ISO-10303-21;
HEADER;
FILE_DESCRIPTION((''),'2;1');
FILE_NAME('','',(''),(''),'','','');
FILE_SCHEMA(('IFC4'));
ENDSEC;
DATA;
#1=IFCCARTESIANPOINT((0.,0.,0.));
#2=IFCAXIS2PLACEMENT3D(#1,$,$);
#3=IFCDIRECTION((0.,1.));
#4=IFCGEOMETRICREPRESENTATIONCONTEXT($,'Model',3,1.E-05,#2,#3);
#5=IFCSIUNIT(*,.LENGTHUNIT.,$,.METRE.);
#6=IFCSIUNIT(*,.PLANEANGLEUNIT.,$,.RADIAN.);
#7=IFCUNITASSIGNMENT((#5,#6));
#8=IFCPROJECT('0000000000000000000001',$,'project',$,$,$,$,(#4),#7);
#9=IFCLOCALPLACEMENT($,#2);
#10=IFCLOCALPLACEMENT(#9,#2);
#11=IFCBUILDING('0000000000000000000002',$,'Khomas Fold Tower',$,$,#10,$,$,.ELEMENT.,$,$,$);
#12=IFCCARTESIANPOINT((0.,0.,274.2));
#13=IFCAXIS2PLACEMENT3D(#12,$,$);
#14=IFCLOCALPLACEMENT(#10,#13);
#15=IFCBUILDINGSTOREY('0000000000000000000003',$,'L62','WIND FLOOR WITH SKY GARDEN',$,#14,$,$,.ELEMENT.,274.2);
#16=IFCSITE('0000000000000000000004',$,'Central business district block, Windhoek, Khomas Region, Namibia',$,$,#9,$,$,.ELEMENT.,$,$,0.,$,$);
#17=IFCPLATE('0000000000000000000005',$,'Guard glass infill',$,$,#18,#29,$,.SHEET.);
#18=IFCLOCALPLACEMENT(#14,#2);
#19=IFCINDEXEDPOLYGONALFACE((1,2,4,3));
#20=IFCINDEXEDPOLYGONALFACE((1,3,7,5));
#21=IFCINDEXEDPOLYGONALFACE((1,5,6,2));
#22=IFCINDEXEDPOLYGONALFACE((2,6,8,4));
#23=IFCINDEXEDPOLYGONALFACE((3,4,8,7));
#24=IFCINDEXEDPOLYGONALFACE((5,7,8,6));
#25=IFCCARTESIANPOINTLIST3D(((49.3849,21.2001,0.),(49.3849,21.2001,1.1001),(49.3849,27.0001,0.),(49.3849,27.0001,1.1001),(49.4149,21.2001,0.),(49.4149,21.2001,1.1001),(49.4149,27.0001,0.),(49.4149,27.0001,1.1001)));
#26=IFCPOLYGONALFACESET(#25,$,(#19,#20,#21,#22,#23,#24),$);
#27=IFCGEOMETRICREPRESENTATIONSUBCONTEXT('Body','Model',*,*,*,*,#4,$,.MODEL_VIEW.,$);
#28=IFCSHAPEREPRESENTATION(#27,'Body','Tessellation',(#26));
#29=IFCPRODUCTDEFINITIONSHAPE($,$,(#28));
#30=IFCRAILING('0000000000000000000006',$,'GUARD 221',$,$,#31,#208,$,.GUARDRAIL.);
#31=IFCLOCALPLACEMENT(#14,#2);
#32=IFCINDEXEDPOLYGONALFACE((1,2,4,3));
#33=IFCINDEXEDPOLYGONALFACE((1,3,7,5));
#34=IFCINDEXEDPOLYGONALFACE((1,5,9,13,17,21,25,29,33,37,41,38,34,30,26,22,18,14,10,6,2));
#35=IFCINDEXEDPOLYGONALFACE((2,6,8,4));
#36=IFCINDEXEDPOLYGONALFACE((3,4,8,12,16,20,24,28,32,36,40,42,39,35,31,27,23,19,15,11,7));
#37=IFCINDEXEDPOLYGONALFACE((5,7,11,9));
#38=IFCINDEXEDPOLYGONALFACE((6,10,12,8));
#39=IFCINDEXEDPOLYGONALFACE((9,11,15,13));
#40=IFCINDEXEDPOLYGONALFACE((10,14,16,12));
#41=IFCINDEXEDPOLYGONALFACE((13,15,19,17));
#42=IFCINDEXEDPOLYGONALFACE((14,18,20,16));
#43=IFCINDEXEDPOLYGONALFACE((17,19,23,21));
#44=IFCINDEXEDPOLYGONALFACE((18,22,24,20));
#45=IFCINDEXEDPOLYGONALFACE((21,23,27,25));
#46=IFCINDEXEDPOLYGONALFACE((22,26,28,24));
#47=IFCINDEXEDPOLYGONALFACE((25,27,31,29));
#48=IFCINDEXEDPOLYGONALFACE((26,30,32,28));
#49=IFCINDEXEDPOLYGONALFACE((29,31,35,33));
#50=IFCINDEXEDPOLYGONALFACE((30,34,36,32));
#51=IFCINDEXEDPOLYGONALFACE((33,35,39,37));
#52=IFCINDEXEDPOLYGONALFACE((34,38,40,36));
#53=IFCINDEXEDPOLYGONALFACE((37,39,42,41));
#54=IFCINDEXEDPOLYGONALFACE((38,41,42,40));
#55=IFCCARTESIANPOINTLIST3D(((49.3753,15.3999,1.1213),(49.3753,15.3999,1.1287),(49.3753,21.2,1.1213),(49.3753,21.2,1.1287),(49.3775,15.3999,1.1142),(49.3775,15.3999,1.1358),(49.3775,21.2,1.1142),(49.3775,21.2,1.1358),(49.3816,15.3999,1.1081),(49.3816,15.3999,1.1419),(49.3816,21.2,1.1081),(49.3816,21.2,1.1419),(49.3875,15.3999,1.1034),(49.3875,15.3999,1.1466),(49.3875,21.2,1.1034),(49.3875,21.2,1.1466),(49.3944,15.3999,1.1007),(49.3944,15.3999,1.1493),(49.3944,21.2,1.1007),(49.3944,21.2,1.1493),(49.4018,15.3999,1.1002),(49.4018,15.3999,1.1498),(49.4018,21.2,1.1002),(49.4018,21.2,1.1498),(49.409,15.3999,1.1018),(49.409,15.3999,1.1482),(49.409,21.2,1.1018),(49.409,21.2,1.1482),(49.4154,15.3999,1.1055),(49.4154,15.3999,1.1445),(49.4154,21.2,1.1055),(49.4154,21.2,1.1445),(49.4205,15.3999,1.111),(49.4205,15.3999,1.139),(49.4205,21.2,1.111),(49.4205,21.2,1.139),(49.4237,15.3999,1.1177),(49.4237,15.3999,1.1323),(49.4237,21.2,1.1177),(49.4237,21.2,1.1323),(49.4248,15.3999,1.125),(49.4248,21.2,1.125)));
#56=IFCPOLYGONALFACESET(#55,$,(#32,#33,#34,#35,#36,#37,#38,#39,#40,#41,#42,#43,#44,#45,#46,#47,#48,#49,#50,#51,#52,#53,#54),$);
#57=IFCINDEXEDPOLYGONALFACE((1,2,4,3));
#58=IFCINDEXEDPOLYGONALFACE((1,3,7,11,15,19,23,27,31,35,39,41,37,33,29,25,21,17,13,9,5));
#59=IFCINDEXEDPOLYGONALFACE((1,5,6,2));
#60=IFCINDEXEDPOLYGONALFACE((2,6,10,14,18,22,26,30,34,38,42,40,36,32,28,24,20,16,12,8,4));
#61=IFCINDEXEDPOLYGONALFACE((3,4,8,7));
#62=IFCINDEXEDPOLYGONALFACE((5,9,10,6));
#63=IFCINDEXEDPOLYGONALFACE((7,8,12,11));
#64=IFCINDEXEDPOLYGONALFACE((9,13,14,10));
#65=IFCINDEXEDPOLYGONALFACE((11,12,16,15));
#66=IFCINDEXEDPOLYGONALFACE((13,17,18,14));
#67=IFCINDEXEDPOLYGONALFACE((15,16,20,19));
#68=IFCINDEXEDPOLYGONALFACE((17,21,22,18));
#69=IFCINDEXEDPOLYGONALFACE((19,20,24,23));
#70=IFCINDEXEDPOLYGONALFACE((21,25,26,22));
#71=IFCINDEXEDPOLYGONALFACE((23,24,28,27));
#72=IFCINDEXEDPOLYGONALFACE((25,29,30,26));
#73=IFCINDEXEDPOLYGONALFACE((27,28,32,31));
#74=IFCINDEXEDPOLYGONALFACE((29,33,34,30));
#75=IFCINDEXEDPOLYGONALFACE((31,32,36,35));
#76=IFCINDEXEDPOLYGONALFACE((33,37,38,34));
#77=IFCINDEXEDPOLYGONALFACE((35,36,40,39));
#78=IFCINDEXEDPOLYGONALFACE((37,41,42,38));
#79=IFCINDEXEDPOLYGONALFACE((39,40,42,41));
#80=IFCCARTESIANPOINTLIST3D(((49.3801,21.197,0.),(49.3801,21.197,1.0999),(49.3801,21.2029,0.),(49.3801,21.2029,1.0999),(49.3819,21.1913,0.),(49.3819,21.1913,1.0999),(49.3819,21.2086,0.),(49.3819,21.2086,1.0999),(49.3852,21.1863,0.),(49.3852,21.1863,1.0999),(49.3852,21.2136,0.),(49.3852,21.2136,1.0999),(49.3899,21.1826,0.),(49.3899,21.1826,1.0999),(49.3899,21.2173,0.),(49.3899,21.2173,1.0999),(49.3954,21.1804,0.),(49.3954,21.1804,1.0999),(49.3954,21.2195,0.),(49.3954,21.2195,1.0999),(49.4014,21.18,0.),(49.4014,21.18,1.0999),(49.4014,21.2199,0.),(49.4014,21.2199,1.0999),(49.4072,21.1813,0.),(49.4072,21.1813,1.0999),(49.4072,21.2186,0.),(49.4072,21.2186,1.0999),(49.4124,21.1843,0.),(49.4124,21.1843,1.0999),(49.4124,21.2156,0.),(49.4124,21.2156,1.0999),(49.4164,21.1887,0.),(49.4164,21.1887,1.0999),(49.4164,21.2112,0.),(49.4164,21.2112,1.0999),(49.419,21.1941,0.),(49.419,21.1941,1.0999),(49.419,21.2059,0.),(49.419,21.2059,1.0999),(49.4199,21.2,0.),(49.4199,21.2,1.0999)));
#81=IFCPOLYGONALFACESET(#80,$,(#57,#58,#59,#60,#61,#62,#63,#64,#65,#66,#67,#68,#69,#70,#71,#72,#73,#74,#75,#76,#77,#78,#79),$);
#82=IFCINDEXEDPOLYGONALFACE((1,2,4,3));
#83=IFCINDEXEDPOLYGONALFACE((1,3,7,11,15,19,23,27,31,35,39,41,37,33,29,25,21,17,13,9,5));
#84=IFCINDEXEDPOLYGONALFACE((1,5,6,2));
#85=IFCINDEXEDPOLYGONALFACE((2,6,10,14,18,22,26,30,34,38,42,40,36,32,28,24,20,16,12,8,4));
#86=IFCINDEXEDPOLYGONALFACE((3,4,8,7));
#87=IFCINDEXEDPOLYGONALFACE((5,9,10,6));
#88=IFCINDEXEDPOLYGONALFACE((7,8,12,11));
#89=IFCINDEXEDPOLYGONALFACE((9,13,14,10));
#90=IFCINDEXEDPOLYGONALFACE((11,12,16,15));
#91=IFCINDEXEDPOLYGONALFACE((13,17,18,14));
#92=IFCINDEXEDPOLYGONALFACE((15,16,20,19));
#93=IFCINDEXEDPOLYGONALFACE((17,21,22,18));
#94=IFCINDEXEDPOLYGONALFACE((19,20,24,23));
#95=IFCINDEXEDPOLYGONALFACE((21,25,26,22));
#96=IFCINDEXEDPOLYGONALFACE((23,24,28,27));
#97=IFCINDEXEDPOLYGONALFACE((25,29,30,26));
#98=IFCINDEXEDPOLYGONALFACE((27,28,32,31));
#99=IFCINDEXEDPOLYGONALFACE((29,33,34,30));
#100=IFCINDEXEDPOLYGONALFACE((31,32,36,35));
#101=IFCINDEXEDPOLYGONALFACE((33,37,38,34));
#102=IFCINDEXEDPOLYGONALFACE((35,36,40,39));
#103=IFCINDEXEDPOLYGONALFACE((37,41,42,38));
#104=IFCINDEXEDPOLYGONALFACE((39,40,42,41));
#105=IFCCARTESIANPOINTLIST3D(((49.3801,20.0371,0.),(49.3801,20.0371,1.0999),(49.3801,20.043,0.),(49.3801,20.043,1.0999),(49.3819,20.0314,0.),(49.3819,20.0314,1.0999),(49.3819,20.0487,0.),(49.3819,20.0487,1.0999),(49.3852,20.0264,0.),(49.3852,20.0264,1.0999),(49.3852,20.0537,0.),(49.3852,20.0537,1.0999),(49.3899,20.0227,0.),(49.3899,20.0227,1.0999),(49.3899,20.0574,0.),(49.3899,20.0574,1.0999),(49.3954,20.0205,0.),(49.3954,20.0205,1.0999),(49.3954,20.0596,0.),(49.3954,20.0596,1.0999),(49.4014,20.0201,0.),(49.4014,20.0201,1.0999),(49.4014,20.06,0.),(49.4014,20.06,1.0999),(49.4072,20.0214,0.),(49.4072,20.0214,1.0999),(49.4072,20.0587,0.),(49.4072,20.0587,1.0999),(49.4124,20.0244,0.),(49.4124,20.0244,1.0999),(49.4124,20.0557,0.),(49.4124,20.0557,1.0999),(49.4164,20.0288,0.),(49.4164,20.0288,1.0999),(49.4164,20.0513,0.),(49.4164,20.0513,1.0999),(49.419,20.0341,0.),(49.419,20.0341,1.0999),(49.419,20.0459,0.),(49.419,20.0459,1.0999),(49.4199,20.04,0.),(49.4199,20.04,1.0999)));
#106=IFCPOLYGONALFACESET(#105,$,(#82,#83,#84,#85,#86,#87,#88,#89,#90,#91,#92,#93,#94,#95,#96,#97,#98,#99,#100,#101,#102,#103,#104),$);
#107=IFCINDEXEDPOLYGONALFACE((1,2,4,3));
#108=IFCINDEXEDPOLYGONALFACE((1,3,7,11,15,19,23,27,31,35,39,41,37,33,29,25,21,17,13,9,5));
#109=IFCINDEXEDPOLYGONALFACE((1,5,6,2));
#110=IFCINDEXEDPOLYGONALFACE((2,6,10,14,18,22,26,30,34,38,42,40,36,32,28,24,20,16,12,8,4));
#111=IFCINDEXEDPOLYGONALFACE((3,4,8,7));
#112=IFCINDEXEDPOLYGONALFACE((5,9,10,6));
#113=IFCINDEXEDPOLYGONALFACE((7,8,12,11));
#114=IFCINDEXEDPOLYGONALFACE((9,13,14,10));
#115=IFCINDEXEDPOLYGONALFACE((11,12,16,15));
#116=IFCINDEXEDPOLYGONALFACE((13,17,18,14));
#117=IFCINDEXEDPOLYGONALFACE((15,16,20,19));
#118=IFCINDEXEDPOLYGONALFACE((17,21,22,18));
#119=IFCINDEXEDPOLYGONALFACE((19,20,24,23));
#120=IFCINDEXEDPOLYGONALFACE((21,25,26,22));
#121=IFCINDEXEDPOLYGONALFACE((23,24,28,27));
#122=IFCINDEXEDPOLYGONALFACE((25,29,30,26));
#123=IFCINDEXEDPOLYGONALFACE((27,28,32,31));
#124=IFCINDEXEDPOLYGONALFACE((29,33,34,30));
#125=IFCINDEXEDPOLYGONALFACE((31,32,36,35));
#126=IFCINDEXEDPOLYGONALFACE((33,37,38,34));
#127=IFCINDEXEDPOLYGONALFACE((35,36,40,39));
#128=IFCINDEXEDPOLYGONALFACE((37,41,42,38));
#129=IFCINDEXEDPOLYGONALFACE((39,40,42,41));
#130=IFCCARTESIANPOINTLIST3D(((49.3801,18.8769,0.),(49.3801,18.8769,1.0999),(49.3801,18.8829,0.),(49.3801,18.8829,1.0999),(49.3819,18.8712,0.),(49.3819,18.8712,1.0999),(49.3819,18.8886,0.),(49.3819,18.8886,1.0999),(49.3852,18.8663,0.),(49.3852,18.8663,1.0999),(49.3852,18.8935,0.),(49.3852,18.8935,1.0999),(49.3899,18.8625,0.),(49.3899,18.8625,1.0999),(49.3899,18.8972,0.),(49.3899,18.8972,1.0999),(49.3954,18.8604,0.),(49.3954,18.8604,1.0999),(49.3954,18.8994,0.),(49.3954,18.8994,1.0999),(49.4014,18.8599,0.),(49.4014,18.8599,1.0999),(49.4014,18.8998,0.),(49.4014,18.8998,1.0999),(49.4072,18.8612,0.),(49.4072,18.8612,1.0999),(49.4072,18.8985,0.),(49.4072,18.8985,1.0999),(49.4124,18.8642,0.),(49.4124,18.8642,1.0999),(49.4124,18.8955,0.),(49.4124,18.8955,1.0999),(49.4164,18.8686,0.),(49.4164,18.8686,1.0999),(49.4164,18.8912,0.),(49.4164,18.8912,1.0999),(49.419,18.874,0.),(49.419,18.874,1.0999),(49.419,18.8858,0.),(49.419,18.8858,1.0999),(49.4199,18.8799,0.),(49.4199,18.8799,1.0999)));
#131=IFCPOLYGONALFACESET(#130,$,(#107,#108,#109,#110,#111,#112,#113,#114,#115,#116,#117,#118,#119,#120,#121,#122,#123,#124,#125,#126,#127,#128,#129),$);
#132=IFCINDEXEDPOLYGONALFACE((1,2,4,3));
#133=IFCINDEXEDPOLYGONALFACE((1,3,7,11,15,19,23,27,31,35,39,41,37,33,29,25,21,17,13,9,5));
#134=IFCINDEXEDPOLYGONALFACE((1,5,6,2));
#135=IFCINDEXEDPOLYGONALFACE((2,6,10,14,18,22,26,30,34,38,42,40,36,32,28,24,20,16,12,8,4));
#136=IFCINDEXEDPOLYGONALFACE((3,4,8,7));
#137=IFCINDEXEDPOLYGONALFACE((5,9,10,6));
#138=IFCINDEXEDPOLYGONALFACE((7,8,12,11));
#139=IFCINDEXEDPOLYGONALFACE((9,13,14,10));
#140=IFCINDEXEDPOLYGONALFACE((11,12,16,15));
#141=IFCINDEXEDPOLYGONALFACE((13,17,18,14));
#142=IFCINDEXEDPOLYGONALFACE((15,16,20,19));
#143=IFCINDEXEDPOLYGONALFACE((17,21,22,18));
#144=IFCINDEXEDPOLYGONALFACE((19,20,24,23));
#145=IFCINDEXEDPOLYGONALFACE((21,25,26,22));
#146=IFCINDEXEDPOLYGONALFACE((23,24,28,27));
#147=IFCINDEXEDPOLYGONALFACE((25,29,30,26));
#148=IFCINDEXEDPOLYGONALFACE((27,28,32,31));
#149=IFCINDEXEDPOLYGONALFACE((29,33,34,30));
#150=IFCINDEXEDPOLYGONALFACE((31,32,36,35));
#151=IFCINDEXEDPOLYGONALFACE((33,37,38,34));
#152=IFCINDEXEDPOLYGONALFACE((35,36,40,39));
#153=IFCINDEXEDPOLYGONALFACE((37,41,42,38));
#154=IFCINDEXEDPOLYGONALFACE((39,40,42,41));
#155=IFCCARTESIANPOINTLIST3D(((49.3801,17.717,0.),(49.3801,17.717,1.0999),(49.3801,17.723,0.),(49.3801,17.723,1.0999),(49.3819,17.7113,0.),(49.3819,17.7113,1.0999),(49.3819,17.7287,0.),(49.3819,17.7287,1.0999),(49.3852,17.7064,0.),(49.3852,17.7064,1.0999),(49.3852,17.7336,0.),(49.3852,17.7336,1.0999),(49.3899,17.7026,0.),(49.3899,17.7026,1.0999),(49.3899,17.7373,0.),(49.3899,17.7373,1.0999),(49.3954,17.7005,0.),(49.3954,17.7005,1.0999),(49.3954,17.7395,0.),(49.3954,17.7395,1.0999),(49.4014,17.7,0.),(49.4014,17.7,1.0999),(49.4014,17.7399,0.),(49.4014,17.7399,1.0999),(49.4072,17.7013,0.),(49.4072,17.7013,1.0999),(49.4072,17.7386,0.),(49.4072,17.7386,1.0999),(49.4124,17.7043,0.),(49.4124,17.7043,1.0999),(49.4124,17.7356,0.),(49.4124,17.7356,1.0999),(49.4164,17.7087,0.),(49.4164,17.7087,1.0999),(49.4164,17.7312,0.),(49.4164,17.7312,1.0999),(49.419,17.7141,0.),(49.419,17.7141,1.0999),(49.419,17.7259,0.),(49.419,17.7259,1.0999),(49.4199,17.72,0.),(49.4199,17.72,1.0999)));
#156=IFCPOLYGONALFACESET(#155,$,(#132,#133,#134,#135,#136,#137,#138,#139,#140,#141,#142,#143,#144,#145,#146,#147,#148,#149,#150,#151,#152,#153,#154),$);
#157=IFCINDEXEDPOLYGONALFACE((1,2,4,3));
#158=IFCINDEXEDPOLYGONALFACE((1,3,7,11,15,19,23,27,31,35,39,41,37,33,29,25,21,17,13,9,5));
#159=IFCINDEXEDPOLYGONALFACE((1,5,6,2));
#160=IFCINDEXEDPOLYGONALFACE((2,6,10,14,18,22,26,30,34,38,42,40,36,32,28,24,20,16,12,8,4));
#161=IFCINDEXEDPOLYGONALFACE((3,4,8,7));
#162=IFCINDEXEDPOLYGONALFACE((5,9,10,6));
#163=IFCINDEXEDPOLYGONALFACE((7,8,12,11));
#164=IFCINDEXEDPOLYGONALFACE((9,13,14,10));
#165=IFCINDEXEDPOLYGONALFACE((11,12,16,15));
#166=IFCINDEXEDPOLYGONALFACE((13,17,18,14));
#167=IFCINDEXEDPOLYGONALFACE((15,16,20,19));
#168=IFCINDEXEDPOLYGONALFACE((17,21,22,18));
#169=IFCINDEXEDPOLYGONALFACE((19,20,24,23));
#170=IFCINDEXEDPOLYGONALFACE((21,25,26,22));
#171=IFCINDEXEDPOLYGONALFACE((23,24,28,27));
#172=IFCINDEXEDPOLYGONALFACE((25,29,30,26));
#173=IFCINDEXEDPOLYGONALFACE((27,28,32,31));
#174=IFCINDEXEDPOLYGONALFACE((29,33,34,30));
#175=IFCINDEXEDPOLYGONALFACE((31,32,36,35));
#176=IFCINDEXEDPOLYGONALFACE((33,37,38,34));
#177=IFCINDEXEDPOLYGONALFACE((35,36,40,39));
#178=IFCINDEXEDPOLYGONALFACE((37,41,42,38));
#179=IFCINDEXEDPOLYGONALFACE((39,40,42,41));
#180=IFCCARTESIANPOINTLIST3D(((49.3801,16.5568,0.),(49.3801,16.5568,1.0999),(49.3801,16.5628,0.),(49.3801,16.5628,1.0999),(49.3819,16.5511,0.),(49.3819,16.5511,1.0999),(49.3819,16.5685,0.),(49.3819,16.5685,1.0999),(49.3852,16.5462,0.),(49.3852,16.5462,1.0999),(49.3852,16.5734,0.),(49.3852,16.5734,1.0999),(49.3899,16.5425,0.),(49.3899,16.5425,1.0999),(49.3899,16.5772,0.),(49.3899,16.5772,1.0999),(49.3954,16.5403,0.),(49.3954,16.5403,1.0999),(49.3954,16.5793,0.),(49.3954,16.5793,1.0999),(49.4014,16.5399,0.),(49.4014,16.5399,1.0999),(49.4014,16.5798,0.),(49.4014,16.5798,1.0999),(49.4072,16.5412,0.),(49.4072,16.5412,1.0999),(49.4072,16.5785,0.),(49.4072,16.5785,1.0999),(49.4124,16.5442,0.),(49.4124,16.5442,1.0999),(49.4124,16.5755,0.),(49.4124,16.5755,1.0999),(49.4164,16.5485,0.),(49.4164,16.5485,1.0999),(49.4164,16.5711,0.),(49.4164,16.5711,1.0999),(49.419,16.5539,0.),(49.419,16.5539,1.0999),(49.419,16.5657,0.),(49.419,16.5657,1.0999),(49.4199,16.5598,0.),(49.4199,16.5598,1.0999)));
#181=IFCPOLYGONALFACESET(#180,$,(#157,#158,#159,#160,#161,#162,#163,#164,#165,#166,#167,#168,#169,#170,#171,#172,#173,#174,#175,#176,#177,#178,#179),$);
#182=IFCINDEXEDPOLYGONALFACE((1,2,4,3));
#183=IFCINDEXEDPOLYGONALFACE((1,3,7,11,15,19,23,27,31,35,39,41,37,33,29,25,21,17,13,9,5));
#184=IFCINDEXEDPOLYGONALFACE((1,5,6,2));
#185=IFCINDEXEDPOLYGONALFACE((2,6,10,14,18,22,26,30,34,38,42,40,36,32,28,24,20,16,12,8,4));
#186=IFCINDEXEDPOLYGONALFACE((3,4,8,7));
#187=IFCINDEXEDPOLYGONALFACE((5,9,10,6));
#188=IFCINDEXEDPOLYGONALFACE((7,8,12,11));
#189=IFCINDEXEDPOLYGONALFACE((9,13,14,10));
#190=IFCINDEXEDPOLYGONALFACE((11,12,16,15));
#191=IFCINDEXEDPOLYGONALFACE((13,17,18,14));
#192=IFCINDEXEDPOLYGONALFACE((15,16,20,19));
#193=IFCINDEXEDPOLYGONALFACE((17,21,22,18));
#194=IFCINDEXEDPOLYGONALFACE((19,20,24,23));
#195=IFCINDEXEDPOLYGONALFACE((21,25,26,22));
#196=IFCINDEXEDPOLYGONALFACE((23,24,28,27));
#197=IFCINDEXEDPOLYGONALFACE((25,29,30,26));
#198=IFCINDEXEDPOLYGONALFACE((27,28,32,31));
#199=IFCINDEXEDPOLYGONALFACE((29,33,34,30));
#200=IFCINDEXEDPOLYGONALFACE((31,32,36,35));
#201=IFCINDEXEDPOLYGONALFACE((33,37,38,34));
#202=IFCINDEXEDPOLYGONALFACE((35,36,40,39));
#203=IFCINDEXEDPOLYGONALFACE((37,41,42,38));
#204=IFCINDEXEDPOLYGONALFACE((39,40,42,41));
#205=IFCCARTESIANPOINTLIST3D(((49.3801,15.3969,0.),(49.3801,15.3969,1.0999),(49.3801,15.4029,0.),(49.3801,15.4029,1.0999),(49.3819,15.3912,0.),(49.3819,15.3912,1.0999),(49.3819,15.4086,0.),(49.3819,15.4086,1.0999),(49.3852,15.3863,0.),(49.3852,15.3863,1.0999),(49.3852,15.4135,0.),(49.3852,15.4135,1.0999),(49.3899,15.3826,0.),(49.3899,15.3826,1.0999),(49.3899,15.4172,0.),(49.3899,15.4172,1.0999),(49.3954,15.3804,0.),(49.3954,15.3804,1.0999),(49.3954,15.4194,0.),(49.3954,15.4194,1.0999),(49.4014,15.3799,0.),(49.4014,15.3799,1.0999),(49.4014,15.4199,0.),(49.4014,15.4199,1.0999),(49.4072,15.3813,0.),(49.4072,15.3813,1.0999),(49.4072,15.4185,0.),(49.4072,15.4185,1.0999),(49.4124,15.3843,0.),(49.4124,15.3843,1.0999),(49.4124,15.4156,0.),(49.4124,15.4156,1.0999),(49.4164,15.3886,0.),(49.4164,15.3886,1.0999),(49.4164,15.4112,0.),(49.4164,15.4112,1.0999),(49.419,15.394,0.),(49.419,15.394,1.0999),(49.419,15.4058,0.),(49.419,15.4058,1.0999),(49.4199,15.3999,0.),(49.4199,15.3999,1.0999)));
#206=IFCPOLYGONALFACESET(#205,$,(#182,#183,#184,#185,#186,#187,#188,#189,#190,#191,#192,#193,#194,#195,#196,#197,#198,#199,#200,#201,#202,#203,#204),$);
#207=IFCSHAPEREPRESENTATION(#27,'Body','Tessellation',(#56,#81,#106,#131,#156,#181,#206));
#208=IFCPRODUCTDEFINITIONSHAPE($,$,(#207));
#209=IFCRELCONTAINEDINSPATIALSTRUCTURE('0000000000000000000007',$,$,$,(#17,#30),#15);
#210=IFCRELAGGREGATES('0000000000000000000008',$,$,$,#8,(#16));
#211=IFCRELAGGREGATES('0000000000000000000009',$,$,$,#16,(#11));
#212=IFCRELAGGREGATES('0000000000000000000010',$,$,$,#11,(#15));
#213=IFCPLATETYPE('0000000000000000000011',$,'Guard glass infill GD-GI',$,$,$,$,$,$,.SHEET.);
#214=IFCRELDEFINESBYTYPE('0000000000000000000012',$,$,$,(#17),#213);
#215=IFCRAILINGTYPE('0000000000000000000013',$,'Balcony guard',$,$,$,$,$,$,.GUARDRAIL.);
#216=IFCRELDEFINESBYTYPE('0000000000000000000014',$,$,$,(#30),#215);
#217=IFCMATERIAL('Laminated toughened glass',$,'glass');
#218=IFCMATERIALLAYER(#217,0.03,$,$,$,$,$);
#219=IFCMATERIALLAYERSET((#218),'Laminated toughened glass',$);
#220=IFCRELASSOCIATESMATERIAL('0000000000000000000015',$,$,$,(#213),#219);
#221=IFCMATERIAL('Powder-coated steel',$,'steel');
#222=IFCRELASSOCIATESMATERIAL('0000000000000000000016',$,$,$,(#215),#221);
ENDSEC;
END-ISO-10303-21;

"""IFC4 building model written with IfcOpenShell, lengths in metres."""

from ifc_helpers import new_model, si_unit, direction, frame, origin, origin_2d, place, context, subcontext, project, spatial, rectangle, circle, extrude, source, transform, mapped, material, layer, layer_set, type_object, element, save


model = new_model("IFC4")

# Units and contexts
model_context = context("Model", 3, precision=1e-05, world=origin(), true_north=direction((0.0, 1.0)))
body_context = subcontext(model_context, "Body", "Model", "MODEL_VIEW")
ifc_project = project(units=[si_unit("LENGTHUNIT", "METRE"), si_unit("PLANEANGLEUNIT", "RADIAN")], contexts=[model_context])

# Site, building, storey
site_placement = place(None, origin())
site = spatial("IfcSite", under=ifc_project, at=site_placement, Name="Central business district block, Windhoek, Khomas Region, Namibia", CompositionType="ELEMENT", RefElevation=0.0)
building_placement = place(site_placement, origin())
building = spatial("IfcBuilding", under=site, at=building_placement, Name="Khomas Fold Tower", CompositionType="ELEMENT")
storey_placement = place(building_placement, frame((0.0, 0.0, 274.2)))
storey = spatial("IfcBuildingStorey", under=building, at=storey_placement, Name="L62", Description="WIND FLOOR WITH SKY GARDEN", CompositionType="ELEMENT", Elevation=274.2)

# Plate
ifc_material_1 = material(Name="Laminated toughened glass", Category="glass")
ifc_layer_1 = layer(ifc_material_1, 0.03)
ifc_layer_set_1 = layer_set([ifc_layer_1], Name="Laminated toughened glass")
plate_type = type_object("IfcPlateType", Name="Guard glass infill GD-GI", PredefinedType="SHEET", material=ifc_layer_set_1)
shared_shape_1 = source(origin(), body_context, "Body", "SweptSolid", [
    extrude(rectangle(XDim=5.8, YDim=0.03, at=origin_2d()), origin(), (0.0, 0.0, 1.0), 1.1001),
])
plate_placement = place(storey_placement, frame((49.3999, 24.1001, 0.0), z_axis=(0.0, 0.0, 1.0), x_axis=(0.0, -1.0, 0.0)))
element("IfcPlate", 1, at=plate_placement, inside=storey, type_object=plate_type, Name="Guard glass infill", PredefinedType="SHEET", context=body_context, shape_type="MappedRepresentation", body=[
    mapped(shared_shape_1, transform((0.0, 0.0, 0.0))),
])

# Railing
ifc_material_2 = material(Name="Powder-coated steel", Category="steel")
railing_type = type_object("IfcRailingType", Name="Balcony guard", PredefinedType="GUARDRAIL", material=ifc_material_2)
shared_shape_2 = source(origin(), body_context, "Body", "SweptSolid", [
    extrude(circle(Radius=0.0249, at=origin_2d()), frame((0.0, 0.0, 1.125), z_axis=(0.0, -1.0, 0.0), x_axis=(1.0, 0.0, 0.0)), (0.0, 0.0, 1.0), 5.8),
    extrude(circle(Radius=0.02, at=origin_2d()), origin(), (0.0, 0.0, 1.0), 1.0999),
    extrude(circle(Radius=0.02, at=origin_2d()), frame((0.0, -1.1599, 0.0)), (0.0, 0.0, 1.0), 1.0999),
    extrude(circle(Radius=0.02, at=origin_2d()), frame((0.0, -2.3201, 0.0)), (0.0, 0.0, 1.0), 1.0999),
    extrude(circle(Radius=0.02, at=origin_2d()), frame((0.0, -3.48, 0.0)), (0.0, 0.0, 1.0), 1.0999),
    extrude(circle(Radius=0.02, at=origin_2d()), frame((0.0, -4.6401, 0.0)), (0.0, 0.0, 1.0), 1.0999),
    extrude(circle(Radius=0.02, at=origin_2d()), frame((0.0, -5.8, 0.0)), (0.0, 0.0, 1.0), 1.0999),
])
railing_placement = place(storey_placement, frame((49.3999, 21.2, 0.0)))
element("IfcRailing", 2, at=railing_placement, inside=storey, type_object=railing_type, Name="GUARD 221", PredefinedType="GUARDRAIL", context=body_context, shape_type="MappedRepresentation", body=[
    mapped(shared_shape_2, transform((0.0, 0.0, 0.0))),
])

save(model, "model.ifc")
